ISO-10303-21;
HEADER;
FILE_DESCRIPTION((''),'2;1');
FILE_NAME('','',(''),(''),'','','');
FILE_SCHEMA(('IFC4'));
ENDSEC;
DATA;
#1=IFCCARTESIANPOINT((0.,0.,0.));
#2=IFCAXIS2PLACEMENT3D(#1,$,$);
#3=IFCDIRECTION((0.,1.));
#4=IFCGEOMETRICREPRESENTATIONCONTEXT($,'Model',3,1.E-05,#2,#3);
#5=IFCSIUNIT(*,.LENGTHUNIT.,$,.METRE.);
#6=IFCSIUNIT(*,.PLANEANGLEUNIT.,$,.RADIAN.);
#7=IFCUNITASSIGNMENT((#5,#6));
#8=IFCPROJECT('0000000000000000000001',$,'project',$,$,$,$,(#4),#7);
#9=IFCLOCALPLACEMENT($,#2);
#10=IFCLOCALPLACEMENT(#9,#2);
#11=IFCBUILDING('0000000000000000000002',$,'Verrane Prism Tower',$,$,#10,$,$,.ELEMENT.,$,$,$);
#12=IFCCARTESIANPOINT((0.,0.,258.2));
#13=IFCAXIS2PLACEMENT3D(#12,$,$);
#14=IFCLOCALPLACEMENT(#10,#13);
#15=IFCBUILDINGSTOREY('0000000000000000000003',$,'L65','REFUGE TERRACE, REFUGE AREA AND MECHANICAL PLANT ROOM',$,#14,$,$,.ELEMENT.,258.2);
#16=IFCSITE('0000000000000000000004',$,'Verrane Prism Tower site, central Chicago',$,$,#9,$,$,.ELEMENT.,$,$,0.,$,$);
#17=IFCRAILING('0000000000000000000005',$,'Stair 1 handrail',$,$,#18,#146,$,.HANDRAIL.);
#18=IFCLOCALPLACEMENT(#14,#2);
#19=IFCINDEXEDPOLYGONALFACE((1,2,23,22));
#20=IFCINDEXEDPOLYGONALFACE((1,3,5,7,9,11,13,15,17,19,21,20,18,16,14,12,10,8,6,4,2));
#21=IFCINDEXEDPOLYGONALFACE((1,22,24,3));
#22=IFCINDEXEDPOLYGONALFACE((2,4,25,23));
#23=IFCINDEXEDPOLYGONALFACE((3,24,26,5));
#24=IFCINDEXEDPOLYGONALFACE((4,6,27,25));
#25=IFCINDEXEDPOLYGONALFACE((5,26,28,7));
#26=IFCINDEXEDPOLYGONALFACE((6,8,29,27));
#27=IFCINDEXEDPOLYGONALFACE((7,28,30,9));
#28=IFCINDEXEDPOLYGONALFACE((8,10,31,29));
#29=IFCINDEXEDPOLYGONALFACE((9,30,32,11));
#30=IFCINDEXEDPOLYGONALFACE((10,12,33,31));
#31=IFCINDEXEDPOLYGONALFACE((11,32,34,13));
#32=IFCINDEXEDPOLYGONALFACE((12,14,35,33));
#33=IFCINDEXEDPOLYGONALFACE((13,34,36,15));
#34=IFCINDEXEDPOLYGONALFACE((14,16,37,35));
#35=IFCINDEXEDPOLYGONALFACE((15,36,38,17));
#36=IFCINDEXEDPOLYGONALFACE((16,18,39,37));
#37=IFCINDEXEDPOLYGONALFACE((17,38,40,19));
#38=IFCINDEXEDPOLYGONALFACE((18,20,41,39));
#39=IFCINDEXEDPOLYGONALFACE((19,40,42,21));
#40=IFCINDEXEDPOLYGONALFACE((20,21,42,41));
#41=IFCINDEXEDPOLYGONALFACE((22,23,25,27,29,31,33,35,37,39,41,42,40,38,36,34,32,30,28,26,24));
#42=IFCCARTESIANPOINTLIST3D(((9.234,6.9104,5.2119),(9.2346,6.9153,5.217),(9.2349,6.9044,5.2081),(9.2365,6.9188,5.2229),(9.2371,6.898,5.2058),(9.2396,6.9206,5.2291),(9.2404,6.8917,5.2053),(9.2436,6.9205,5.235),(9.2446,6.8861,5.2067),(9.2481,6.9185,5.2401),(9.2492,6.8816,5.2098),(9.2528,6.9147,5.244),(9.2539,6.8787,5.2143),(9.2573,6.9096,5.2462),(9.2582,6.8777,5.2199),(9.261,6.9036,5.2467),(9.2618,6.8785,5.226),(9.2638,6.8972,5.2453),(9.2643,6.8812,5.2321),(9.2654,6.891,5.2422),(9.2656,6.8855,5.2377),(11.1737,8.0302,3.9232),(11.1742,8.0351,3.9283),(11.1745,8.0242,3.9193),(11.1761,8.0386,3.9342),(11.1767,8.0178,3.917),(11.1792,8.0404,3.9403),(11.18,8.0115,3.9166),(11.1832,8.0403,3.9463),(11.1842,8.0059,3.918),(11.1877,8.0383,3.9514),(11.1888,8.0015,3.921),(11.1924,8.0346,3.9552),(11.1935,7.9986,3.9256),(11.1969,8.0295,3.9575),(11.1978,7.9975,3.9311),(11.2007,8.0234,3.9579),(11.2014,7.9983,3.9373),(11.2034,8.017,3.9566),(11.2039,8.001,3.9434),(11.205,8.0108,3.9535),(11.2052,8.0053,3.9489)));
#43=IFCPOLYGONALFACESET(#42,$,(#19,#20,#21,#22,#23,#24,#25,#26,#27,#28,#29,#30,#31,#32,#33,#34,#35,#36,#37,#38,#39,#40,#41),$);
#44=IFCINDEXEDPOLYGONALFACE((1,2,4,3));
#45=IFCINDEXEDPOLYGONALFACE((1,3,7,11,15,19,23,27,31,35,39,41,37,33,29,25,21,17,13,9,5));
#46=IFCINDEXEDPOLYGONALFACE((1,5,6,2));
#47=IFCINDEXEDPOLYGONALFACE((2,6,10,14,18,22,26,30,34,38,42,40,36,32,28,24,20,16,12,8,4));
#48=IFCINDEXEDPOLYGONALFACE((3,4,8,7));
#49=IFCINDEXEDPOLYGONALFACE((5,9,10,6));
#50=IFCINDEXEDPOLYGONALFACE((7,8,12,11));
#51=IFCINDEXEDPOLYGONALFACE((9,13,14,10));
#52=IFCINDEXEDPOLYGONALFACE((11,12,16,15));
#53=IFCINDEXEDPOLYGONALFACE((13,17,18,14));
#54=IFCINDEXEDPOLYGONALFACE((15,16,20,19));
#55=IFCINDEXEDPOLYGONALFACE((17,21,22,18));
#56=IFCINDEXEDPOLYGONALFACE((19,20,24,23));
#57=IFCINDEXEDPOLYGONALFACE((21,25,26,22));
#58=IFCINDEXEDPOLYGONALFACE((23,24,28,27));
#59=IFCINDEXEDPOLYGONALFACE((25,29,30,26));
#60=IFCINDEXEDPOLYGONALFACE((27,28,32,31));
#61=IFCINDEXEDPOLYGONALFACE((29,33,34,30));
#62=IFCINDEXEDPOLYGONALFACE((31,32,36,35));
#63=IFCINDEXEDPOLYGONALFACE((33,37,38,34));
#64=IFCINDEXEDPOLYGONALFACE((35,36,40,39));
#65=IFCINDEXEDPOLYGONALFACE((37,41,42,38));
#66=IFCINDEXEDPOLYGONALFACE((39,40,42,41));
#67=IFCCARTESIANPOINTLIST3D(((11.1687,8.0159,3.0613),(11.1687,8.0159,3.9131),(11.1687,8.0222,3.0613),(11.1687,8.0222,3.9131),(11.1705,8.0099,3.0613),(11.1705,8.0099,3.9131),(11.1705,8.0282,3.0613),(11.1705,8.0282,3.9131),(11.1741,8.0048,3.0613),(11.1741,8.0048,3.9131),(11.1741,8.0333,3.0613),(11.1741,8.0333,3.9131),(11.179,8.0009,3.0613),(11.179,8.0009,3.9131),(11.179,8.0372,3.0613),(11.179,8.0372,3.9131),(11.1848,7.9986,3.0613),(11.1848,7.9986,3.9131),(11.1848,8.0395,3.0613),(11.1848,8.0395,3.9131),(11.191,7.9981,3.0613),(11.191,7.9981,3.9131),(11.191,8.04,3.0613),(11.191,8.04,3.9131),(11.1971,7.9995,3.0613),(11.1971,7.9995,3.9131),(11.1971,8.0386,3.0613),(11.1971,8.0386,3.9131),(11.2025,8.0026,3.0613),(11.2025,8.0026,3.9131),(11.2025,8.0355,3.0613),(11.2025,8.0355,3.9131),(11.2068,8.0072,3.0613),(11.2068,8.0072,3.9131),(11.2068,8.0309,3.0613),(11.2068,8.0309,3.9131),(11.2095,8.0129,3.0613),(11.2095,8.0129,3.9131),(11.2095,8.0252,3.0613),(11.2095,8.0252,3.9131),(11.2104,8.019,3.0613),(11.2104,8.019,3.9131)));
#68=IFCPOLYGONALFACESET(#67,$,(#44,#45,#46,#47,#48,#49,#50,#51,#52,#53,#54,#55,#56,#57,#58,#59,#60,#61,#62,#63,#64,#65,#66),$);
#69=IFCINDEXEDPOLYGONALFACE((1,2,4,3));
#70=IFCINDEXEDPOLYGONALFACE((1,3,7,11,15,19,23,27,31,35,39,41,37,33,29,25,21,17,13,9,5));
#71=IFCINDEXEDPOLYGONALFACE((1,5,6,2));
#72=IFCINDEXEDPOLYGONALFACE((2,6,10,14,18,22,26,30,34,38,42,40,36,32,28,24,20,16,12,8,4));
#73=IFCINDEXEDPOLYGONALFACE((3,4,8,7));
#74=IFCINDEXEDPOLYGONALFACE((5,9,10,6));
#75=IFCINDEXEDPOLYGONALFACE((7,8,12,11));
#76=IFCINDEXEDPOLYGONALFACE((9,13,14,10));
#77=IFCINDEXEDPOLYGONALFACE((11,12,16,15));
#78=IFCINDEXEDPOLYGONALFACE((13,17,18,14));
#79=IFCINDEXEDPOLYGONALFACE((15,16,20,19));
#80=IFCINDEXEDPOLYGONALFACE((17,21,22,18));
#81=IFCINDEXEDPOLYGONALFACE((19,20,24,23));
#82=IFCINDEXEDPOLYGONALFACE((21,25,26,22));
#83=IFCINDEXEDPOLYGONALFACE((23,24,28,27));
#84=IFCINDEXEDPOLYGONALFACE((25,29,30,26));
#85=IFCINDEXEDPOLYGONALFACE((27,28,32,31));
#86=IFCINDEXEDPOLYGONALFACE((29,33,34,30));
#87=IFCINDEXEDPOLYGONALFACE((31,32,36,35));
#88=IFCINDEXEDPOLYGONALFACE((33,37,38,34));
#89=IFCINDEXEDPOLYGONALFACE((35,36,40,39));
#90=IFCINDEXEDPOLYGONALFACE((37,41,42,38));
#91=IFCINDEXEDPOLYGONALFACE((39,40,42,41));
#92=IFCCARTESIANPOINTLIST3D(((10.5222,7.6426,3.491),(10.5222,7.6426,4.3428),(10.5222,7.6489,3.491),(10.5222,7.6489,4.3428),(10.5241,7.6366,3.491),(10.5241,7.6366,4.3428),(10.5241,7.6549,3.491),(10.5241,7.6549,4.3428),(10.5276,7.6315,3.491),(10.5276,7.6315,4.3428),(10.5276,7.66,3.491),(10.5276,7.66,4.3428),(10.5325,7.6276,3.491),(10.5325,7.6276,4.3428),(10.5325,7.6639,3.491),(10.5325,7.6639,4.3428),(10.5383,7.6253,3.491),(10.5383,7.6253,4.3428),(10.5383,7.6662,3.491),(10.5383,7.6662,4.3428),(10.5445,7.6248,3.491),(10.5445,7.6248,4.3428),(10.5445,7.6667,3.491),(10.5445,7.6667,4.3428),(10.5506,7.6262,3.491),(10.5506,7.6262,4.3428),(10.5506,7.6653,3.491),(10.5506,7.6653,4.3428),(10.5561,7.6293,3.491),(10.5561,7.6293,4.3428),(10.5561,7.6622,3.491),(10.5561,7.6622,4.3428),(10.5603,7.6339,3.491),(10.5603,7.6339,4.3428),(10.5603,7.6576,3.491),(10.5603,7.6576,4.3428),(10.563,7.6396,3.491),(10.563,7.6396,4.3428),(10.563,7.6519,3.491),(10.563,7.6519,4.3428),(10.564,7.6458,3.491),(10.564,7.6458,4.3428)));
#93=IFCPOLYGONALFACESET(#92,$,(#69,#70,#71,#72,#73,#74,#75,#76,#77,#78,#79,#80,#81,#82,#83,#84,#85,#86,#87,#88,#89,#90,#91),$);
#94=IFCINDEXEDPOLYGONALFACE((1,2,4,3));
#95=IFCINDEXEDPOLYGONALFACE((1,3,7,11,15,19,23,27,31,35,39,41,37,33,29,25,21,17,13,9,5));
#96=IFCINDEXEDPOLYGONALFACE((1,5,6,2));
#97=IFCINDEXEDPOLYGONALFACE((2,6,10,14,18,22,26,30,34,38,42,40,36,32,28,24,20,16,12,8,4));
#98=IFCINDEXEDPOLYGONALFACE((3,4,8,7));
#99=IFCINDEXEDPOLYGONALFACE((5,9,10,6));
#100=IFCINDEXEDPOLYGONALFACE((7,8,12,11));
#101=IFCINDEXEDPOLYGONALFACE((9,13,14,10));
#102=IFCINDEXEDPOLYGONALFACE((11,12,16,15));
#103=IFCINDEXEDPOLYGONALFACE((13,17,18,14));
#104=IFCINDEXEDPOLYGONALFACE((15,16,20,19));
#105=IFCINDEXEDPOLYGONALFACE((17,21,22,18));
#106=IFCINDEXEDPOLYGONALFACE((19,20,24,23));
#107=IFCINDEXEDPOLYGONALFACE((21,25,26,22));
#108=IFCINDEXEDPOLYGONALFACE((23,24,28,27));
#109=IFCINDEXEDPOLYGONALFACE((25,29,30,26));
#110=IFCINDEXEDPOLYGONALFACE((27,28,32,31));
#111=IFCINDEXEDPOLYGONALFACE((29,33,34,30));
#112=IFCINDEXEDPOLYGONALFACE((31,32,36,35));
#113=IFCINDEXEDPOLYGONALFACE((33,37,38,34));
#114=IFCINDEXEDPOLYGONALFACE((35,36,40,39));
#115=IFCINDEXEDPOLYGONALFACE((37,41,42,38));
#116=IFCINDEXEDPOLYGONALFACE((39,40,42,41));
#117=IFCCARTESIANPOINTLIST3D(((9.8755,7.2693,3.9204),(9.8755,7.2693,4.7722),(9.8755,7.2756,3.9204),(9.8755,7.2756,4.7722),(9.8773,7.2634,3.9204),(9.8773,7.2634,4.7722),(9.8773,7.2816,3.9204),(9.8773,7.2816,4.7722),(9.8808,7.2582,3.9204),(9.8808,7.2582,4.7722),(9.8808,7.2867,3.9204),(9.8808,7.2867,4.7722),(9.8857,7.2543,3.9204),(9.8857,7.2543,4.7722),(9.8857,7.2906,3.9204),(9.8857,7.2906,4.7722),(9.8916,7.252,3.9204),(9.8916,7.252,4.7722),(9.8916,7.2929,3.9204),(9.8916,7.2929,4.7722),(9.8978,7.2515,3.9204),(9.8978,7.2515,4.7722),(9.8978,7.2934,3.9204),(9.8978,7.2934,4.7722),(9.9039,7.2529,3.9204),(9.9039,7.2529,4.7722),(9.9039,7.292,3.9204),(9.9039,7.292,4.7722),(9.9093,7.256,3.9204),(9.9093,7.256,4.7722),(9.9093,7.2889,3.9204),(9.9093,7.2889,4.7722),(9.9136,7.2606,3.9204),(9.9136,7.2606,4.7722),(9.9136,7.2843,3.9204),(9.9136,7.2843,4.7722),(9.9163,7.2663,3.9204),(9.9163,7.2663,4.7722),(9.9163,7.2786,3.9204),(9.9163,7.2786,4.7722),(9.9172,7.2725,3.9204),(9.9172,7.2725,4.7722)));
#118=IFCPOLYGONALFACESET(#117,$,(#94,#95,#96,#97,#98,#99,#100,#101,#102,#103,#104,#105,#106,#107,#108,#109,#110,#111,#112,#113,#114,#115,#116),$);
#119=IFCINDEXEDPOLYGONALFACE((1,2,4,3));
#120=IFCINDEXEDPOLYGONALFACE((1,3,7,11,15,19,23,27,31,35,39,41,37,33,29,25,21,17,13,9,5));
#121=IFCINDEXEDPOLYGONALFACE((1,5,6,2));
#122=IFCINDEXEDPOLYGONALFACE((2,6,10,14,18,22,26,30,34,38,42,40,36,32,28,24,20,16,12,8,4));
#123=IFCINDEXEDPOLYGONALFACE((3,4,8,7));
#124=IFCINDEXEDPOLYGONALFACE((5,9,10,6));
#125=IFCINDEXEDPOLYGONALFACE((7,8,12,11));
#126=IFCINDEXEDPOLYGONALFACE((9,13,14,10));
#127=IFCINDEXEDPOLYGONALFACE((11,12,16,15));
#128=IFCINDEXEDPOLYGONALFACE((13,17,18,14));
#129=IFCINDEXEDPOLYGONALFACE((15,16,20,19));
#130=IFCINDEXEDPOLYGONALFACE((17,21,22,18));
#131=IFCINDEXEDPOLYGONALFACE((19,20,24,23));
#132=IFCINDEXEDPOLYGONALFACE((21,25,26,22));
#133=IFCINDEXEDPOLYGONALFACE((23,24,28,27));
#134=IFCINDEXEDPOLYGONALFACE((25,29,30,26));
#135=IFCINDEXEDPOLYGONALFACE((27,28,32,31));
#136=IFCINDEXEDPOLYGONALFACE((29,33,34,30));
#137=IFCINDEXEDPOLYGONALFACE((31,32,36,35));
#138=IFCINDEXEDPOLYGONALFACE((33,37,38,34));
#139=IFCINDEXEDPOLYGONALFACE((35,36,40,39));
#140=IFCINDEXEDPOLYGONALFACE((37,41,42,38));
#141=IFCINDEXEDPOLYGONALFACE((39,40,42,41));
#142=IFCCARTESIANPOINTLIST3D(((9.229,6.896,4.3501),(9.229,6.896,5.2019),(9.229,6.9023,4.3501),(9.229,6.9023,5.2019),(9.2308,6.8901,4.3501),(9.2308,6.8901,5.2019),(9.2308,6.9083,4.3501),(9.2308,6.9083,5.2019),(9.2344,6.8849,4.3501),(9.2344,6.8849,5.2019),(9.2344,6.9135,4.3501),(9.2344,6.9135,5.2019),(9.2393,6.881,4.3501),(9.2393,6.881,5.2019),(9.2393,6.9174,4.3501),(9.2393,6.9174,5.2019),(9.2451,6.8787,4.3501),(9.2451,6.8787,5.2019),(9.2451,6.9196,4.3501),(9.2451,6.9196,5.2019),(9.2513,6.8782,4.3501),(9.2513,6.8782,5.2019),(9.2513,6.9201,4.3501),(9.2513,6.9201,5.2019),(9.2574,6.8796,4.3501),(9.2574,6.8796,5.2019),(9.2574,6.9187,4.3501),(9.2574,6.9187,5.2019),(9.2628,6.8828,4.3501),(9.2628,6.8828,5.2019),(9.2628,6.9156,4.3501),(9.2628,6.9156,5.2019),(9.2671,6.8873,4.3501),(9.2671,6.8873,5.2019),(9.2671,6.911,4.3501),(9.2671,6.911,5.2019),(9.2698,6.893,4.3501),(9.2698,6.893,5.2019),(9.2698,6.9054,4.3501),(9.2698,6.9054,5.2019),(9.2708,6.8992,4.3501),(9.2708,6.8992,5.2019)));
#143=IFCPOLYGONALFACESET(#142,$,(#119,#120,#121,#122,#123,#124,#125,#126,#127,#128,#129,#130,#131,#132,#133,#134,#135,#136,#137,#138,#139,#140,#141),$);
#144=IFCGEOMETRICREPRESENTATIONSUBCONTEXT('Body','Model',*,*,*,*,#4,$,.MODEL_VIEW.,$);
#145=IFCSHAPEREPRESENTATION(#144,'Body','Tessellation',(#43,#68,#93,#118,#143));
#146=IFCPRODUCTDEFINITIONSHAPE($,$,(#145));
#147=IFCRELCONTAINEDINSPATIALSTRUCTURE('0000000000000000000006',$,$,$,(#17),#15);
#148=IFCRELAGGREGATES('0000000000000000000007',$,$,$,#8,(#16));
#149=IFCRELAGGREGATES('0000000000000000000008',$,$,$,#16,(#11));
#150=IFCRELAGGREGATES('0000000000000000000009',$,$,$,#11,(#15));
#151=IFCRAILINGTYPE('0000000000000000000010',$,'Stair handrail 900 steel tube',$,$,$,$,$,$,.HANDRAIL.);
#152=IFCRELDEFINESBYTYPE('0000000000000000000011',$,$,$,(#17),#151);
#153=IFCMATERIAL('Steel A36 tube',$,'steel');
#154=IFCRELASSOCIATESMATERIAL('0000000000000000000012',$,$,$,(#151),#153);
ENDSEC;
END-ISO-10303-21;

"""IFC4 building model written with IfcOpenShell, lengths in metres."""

from ifc_helpers import new_model, si_unit, direction, frame, origin, origin_2d, place, context, subcontext, project, spatial, circle, extrude, material, type_object, element, save


model = new_model("IFC4")

# Units and contexts
model_context = context("Model", 3, precision=1e-05, world=origin(), true_north=direction((0.0, 1.0)))
body_context = subcontext(model_context, "Body", "Model", "MODEL_VIEW")
ifc_project = project(units=[si_unit("LENGTHUNIT", "METRE"), si_unit("PLANEANGLEUNIT", "RADIAN")], contexts=[model_context])

# Site, building, storey
site_placement = place(None, origin())
site = spatial("IfcSite", under=ifc_project, at=site_placement, Name="Verrane Prism Tower site, central Chicago", CompositionType="ELEMENT", RefElevation=0.0)
building_placement = place(site_placement, origin())
building = spatial("IfcBuilding", under=site, at=building_placement, Name="Verrane Prism Tower", CompositionType="ELEMENT")
storey_placement = place(building_placement, frame((0.0, 0.0, 258.2)))
storey = spatial("IfcBuildingStorey", under=building, at=storey_placement, Name="L65", Description="REFUGE TERRACE, REFUGE AREA AND MECHANICAL PLANT ROOM", CompositionType="ELEMENT", Elevation=258.2)

# Railing
ifc_material_1 = material(Name="Steel A36 tube", Category="steel")
railing_type_1 = type_object("IfcRailingType", Name="Stair handrail 900 steel tube", PredefinedType="HANDRAIL", material=ifc_material_1)
railing_1_placement = place(storey_placement, frame((11.1895, 8.019, 3.0613)))
element("IfcRailing", 1, at=railing_1_placement, inside=storey, type_object=railing_type_1, Name="Stair 1 handrail", PredefinedType="HANDRAIL", context=body_context, shape_type="SweptSolid", body=[
    extrude(circle(Radius=0.0239, at=origin_2d()), frame((0.0, 0.0, 0.876), z_axis=(-0.750627, -0.43337, 0.498749), x_axis=(0.499996, -0.866028, 0.0)), (0.0, 0.0, 1.0), 2.584),
    extrude(circle(Radius=0.021, at=origin_2d()), origin(), (0.0, 0.0, 1.0), 0.8518),
    extrude(circle(Radius=0.021, at=origin_2d()), frame((-0.6465, -0.3733, 0.4297)), (0.0, 0.0, 1.0), 0.8518),
    extrude(circle(Radius=0.021, at=origin_2d()), frame((-1.2932, -0.7466, 0.8591)), (0.0, 0.0, 1.0), 0.8518),
    extrude(circle(Radius=0.021, at=origin_2d()), frame((-1.9397, -1.1199, 1.2888)), (0.0, 0.0, 1.0), 0.8518),
])

save(model, "model.ifc")
